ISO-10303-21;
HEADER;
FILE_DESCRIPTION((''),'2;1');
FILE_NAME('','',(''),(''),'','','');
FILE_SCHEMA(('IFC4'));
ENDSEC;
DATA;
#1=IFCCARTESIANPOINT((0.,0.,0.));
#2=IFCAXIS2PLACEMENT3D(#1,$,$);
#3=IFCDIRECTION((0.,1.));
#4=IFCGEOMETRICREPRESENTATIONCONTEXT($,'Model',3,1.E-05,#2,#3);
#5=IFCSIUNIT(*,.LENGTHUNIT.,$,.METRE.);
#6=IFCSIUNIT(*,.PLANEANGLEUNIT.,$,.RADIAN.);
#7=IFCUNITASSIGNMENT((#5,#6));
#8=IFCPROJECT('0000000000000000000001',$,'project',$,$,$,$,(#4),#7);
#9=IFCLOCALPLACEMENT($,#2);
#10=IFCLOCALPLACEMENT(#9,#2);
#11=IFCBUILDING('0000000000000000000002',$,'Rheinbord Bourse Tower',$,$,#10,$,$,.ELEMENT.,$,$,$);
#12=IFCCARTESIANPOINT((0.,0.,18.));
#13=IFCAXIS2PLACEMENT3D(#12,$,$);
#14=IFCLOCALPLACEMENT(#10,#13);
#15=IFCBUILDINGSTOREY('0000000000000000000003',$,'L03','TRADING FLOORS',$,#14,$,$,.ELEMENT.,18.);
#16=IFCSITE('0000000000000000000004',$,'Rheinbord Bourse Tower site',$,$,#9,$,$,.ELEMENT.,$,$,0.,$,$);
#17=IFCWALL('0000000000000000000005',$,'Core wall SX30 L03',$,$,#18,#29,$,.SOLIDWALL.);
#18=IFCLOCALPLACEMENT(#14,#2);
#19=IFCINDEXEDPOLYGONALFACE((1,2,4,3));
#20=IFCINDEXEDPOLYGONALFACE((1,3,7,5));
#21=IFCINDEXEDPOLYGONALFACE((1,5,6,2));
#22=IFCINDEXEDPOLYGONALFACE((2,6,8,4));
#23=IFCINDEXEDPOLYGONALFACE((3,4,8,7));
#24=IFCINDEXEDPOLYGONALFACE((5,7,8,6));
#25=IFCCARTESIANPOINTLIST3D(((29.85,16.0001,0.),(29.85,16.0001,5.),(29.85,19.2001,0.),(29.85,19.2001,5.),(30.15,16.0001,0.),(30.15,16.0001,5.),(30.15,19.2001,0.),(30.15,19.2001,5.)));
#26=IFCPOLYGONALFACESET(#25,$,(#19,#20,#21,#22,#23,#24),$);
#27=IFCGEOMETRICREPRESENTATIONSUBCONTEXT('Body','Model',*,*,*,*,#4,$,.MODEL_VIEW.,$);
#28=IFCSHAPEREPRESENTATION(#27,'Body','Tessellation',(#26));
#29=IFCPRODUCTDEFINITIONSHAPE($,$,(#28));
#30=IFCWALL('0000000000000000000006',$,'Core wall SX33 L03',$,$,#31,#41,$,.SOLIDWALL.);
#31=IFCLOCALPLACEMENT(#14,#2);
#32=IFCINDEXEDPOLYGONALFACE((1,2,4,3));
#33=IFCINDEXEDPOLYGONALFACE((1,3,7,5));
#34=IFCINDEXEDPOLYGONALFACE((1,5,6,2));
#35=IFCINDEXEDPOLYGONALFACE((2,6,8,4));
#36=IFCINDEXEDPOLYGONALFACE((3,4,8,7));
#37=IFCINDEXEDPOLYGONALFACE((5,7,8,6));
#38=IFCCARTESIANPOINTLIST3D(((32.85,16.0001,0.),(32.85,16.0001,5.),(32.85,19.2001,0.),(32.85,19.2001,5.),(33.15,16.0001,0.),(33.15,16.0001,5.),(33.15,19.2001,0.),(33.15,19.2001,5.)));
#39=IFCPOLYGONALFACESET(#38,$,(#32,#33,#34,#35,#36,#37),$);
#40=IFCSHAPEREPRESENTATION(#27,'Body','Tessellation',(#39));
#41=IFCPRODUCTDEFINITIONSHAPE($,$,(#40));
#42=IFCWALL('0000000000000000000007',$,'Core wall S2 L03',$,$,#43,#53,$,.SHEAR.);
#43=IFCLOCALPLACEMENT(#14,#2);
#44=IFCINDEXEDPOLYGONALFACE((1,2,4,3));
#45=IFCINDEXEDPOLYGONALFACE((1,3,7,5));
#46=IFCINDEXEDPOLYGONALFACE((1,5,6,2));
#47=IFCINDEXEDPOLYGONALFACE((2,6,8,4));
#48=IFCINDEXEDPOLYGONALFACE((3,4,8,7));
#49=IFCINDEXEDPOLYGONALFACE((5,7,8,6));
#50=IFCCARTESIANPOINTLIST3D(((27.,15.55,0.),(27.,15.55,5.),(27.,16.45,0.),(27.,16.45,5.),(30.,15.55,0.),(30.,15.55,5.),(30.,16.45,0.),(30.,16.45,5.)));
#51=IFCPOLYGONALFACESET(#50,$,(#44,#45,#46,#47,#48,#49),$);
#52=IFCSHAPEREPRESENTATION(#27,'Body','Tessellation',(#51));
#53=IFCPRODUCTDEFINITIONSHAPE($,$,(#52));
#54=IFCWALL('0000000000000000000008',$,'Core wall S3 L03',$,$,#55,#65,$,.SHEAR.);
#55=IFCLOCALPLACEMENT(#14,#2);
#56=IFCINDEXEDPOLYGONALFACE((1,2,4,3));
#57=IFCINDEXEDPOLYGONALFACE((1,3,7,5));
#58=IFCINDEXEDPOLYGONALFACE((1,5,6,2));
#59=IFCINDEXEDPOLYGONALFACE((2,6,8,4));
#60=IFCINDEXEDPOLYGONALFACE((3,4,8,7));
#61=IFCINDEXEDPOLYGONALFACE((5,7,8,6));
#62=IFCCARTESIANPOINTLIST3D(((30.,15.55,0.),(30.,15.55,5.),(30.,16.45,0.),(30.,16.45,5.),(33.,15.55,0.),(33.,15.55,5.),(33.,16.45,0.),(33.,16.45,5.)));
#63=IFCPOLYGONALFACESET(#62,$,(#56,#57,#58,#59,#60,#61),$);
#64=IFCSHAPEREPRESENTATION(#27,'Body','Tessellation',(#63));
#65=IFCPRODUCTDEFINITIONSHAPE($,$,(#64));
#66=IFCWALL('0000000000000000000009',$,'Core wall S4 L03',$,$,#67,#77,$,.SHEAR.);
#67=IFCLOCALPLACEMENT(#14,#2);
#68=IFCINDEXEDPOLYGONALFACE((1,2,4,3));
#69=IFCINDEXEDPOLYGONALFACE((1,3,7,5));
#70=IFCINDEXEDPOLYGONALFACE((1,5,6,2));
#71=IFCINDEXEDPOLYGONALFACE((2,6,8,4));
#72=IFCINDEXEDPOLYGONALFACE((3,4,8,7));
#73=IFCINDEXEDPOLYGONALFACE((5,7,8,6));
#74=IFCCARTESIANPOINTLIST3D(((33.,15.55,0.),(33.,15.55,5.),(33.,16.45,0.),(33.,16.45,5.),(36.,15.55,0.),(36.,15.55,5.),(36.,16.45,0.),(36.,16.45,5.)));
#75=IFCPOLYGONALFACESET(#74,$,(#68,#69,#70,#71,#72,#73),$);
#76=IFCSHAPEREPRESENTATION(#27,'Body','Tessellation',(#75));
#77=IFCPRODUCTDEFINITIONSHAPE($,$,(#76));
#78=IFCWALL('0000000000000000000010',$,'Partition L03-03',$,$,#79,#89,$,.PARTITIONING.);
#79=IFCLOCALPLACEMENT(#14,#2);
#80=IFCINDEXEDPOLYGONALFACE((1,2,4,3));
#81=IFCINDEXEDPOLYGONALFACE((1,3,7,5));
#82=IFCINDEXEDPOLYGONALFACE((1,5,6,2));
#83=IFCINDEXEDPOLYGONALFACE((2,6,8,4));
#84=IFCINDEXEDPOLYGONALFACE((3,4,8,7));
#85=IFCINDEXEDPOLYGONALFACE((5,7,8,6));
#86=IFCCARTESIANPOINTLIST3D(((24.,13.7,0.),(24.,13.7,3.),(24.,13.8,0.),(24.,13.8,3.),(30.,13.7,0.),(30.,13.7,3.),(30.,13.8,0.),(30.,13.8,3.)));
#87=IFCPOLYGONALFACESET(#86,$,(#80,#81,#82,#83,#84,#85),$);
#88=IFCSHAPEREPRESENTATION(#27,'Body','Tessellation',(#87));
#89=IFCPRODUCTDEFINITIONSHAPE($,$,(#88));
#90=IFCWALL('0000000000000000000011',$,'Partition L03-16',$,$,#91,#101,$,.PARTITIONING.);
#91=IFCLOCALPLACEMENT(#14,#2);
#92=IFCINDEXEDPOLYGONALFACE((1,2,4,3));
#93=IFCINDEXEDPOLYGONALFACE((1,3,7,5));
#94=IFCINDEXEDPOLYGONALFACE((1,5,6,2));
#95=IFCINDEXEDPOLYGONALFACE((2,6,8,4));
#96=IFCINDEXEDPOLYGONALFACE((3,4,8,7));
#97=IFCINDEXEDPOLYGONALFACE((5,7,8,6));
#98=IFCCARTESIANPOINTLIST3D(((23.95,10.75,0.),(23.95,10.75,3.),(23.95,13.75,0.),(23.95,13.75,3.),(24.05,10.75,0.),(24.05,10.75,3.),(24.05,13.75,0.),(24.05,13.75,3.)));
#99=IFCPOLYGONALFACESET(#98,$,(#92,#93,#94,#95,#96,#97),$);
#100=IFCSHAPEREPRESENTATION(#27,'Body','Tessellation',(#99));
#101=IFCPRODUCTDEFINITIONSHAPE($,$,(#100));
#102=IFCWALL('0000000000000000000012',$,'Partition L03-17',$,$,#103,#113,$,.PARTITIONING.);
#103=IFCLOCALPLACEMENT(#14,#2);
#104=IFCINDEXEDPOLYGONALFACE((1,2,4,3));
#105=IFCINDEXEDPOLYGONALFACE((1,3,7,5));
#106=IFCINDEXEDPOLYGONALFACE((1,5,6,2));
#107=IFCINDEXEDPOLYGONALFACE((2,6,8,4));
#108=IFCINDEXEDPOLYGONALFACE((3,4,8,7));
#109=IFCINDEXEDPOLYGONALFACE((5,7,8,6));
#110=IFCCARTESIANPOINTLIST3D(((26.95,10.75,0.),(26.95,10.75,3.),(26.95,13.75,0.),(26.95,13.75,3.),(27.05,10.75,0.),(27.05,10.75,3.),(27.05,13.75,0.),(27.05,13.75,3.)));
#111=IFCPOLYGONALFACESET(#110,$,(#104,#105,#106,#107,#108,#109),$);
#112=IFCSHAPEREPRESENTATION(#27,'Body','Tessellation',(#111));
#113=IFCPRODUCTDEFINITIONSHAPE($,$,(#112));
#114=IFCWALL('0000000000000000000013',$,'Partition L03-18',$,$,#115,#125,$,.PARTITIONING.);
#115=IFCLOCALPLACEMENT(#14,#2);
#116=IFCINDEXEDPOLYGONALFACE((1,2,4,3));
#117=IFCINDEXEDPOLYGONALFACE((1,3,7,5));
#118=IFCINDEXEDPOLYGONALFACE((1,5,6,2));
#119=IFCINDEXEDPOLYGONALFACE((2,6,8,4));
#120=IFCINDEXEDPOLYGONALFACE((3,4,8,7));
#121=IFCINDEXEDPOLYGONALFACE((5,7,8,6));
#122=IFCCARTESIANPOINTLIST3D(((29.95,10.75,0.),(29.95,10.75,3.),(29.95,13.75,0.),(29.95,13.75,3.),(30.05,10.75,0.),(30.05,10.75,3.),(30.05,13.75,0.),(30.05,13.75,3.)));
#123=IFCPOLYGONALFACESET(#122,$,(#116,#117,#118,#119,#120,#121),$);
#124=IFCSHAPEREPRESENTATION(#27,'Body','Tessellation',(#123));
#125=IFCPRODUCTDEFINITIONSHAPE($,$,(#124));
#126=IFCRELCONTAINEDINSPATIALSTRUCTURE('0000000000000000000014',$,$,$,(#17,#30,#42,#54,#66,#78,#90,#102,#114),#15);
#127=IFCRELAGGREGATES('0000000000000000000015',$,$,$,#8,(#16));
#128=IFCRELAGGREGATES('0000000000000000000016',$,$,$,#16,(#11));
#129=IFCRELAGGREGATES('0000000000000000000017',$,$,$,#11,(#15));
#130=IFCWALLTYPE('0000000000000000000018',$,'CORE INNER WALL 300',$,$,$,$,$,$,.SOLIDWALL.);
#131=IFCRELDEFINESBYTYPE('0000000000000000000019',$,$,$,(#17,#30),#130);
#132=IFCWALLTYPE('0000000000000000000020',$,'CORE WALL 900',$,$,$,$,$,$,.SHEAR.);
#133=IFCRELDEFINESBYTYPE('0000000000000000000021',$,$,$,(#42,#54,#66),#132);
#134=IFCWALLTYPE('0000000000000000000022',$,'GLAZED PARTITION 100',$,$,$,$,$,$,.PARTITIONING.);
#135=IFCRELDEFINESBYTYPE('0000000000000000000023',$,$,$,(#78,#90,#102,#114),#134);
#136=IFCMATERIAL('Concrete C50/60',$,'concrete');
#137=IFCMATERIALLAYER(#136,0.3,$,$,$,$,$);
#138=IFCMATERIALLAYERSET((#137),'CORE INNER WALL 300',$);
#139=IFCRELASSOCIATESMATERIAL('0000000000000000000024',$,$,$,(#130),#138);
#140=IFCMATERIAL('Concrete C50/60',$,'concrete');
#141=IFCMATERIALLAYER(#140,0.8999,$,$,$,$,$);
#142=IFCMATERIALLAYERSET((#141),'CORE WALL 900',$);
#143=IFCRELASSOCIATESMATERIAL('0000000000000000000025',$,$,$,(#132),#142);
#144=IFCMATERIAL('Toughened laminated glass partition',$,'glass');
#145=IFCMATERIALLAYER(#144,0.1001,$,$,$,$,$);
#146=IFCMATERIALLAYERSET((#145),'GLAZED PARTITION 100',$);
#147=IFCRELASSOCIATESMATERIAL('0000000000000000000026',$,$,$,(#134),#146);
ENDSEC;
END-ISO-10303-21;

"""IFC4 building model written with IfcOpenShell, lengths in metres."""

from ifc_helpers import new_model, si_unit, direction, frame, frame_2d, origin, place, context, subcontext, project, spatial, rectangle, extrude, material, layer, layer_set, type_object, element, save


model = new_model("IFC4")

# Units and contexts
model_context = context("Model", 3, precision=1e-05, world=origin(), true_north=direction((0.0, 1.0)))
body_context = subcontext(model_context, "Body", "Model", "MODEL_VIEW")
ifc_project = project(units=[si_unit("LENGTHUNIT", "METRE"), si_unit("PLANEANGLEUNIT", "RADIAN")], contexts=[model_context])

# Site, building, storey
site_placement = place(None, origin())
site = spatial("IfcSite", under=ifc_project, at=site_placement, Name="Rheinbord Bourse Tower site", CompositionType="ELEMENT", RefElevation=0.0)
building_placement = place(site_placement, origin())
building = spatial("IfcBuilding", under=site, at=building_placement, Name="Rheinbord Bourse Tower", CompositionType="ELEMENT")
storey_placement = place(building_placement, frame((0.0, 0.0, 18.0)))
storey = spatial("IfcBuildingStorey", under=building, at=storey_placement, Name="L03", Description="TRADING FLOORS", CompositionType="ELEMENT", Elevation=18.0)

# Walls
ifc_material_1 = material(Name="Concrete C50/60", Category="concrete")
ifc_layer_1 = layer(ifc_material_1, 0.3)
ifc_layer_set_1 = layer_set([ifc_layer_1], Name="CORE INNER WALL 300")
wall_type_1 = type_object("IfcWallType", Name="CORE INNER WALL 300", PredefinedType="SOLIDWALL", material=ifc_layer_set_1)
for number, where, z_axis, x_axis, name in (
    (1, (30.0, 16.0, 0.0), (0.0, 0.0, 1.0), (0.0, 1.0, 0.0), "Core wall SX30 L03"),
    (2, (33.0, 16.0, 0.0), (0.0, 0.0, 1.0), (0.0, 1.0, 0.0), "Core wall SX33 L03"),
):
    element("IfcWall", number, at=place(storey_placement, frame(where, z_axis=z_axis, x_axis=x_axis)), inside=storey, type_object=wall_type_1, Name=name, PredefinedType="SOLIDWALL", context=body_context, shape_type="SweptSolid", body=[
        extrude(rectangle(XDim=3.2, YDim=0.3, at=frame_2d((1.6001, 0.0))), origin(), (0.0, 0.0, 1.0), 5.0),
    ])
ifc_material_2 = material(Name="Concrete C50/60", Category="concrete")
ifc_layer_2 = layer(ifc_material_2, 0.8999)
ifc_layer_set_2 = layer_set([ifc_layer_2], Name="CORE WALL 900")
wall_type_2 = type_object("IfcWallType", Name="CORE WALL 900", PredefinedType="SHEAR", material=ifc_layer_set_2)
for number, where, z_axis, x_axis, name in (
    (3, (27.0, 16.0, 0.0), (0.0, 0.0, 1.0), (1.0, 0.0, 0.0), "Core wall S2 L03"),
    (4, (30.0, 16.0, 0.0), (0.0, 0.0, 1.0), (1.0, 0.0, 0.0), "Core wall S3 L03"),
    (5, (33.0, 16.0, 0.0), (0.0, 0.0, 1.0), (1.0, 0.0, 0.0), "Core wall S4 L03"),
):
    element("IfcWall", number, at=place(storey_placement, frame(where, z_axis=z_axis, x_axis=x_axis)), inside=storey, type_object=wall_type_2, Name=name, PredefinedType="SHEAR", context=body_context, shape_type="SweptSolid", body=[
        extrude(rectangle(XDim=3.0, YDim=0.8999, at=frame_2d((1.5, 0.0))), origin(), (0.0, 0.0, 1.0), 5.0),
    ])
ifc_material_3 = material(Name="Toughened laminated glass partition", Category="glass")
ifc_layer_3 = layer(ifc_material_3, 0.1001)
ifc_layer_set_3 = layer_set([ifc_layer_3], Name="GLAZED PARTITION 100")
wall_type_3 = type_object("IfcWallType", Name="GLAZED PARTITION 100", PredefinedType="PARTITIONING", material=ifc_layer_set_3)
wall_placement = place(storey_placement, frame((24.0, 13.75, 0.0), z_axis=(0.0, 0.0, 1.0), x_axis=(1.0, 0.0, 0.0)))
element("IfcWall", 6, at=wall_placement, inside=storey, type_object=wall_type_3, Name="Partition L03-03", PredefinedType="PARTITIONING", context=body_context, shape_type="SweptSolid", body=[
    extrude(rectangle(XDim=6.0, YDim=0.1001, at=frame_2d((3.0, 0.0))), origin(), (0.0, 0.0, 1.0), 3.0),
])
for number, where, z_axis, x_axis, name in (
    (7, (24.0, 10.75, 0.0), (0.0, 0.0, 1.0), (0.0, 1.0, 0.0), "Partition L03-16"),
    (8, (27.0, 10.75, 0.0), (0.0, 0.0, 1.0), (0.0, 1.0, 0.0), "Partition L03-17"),
    (9, (30.0, 10.75, 0.0), (0.0, 0.0, 1.0), (0.0, 1.0, 0.0), "Partition L03-18"),
):
    element("IfcWall", number, at=place(storey_placement, frame(where, z_axis=z_axis, x_axis=x_axis)), inside=storey, type_object=wall_type_3, Name=name, PredefinedType="PARTITIONING", context=body_context, shape_type="SweptSolid", body=[
        extrude(rectangle(XDim=3.0, YDim=0.1001, at=frame_2d((1.5, 0.0))), origin(), (0.0, 0.0, 1.0), 3.0),
    ])

save(model, "model.ifc")
